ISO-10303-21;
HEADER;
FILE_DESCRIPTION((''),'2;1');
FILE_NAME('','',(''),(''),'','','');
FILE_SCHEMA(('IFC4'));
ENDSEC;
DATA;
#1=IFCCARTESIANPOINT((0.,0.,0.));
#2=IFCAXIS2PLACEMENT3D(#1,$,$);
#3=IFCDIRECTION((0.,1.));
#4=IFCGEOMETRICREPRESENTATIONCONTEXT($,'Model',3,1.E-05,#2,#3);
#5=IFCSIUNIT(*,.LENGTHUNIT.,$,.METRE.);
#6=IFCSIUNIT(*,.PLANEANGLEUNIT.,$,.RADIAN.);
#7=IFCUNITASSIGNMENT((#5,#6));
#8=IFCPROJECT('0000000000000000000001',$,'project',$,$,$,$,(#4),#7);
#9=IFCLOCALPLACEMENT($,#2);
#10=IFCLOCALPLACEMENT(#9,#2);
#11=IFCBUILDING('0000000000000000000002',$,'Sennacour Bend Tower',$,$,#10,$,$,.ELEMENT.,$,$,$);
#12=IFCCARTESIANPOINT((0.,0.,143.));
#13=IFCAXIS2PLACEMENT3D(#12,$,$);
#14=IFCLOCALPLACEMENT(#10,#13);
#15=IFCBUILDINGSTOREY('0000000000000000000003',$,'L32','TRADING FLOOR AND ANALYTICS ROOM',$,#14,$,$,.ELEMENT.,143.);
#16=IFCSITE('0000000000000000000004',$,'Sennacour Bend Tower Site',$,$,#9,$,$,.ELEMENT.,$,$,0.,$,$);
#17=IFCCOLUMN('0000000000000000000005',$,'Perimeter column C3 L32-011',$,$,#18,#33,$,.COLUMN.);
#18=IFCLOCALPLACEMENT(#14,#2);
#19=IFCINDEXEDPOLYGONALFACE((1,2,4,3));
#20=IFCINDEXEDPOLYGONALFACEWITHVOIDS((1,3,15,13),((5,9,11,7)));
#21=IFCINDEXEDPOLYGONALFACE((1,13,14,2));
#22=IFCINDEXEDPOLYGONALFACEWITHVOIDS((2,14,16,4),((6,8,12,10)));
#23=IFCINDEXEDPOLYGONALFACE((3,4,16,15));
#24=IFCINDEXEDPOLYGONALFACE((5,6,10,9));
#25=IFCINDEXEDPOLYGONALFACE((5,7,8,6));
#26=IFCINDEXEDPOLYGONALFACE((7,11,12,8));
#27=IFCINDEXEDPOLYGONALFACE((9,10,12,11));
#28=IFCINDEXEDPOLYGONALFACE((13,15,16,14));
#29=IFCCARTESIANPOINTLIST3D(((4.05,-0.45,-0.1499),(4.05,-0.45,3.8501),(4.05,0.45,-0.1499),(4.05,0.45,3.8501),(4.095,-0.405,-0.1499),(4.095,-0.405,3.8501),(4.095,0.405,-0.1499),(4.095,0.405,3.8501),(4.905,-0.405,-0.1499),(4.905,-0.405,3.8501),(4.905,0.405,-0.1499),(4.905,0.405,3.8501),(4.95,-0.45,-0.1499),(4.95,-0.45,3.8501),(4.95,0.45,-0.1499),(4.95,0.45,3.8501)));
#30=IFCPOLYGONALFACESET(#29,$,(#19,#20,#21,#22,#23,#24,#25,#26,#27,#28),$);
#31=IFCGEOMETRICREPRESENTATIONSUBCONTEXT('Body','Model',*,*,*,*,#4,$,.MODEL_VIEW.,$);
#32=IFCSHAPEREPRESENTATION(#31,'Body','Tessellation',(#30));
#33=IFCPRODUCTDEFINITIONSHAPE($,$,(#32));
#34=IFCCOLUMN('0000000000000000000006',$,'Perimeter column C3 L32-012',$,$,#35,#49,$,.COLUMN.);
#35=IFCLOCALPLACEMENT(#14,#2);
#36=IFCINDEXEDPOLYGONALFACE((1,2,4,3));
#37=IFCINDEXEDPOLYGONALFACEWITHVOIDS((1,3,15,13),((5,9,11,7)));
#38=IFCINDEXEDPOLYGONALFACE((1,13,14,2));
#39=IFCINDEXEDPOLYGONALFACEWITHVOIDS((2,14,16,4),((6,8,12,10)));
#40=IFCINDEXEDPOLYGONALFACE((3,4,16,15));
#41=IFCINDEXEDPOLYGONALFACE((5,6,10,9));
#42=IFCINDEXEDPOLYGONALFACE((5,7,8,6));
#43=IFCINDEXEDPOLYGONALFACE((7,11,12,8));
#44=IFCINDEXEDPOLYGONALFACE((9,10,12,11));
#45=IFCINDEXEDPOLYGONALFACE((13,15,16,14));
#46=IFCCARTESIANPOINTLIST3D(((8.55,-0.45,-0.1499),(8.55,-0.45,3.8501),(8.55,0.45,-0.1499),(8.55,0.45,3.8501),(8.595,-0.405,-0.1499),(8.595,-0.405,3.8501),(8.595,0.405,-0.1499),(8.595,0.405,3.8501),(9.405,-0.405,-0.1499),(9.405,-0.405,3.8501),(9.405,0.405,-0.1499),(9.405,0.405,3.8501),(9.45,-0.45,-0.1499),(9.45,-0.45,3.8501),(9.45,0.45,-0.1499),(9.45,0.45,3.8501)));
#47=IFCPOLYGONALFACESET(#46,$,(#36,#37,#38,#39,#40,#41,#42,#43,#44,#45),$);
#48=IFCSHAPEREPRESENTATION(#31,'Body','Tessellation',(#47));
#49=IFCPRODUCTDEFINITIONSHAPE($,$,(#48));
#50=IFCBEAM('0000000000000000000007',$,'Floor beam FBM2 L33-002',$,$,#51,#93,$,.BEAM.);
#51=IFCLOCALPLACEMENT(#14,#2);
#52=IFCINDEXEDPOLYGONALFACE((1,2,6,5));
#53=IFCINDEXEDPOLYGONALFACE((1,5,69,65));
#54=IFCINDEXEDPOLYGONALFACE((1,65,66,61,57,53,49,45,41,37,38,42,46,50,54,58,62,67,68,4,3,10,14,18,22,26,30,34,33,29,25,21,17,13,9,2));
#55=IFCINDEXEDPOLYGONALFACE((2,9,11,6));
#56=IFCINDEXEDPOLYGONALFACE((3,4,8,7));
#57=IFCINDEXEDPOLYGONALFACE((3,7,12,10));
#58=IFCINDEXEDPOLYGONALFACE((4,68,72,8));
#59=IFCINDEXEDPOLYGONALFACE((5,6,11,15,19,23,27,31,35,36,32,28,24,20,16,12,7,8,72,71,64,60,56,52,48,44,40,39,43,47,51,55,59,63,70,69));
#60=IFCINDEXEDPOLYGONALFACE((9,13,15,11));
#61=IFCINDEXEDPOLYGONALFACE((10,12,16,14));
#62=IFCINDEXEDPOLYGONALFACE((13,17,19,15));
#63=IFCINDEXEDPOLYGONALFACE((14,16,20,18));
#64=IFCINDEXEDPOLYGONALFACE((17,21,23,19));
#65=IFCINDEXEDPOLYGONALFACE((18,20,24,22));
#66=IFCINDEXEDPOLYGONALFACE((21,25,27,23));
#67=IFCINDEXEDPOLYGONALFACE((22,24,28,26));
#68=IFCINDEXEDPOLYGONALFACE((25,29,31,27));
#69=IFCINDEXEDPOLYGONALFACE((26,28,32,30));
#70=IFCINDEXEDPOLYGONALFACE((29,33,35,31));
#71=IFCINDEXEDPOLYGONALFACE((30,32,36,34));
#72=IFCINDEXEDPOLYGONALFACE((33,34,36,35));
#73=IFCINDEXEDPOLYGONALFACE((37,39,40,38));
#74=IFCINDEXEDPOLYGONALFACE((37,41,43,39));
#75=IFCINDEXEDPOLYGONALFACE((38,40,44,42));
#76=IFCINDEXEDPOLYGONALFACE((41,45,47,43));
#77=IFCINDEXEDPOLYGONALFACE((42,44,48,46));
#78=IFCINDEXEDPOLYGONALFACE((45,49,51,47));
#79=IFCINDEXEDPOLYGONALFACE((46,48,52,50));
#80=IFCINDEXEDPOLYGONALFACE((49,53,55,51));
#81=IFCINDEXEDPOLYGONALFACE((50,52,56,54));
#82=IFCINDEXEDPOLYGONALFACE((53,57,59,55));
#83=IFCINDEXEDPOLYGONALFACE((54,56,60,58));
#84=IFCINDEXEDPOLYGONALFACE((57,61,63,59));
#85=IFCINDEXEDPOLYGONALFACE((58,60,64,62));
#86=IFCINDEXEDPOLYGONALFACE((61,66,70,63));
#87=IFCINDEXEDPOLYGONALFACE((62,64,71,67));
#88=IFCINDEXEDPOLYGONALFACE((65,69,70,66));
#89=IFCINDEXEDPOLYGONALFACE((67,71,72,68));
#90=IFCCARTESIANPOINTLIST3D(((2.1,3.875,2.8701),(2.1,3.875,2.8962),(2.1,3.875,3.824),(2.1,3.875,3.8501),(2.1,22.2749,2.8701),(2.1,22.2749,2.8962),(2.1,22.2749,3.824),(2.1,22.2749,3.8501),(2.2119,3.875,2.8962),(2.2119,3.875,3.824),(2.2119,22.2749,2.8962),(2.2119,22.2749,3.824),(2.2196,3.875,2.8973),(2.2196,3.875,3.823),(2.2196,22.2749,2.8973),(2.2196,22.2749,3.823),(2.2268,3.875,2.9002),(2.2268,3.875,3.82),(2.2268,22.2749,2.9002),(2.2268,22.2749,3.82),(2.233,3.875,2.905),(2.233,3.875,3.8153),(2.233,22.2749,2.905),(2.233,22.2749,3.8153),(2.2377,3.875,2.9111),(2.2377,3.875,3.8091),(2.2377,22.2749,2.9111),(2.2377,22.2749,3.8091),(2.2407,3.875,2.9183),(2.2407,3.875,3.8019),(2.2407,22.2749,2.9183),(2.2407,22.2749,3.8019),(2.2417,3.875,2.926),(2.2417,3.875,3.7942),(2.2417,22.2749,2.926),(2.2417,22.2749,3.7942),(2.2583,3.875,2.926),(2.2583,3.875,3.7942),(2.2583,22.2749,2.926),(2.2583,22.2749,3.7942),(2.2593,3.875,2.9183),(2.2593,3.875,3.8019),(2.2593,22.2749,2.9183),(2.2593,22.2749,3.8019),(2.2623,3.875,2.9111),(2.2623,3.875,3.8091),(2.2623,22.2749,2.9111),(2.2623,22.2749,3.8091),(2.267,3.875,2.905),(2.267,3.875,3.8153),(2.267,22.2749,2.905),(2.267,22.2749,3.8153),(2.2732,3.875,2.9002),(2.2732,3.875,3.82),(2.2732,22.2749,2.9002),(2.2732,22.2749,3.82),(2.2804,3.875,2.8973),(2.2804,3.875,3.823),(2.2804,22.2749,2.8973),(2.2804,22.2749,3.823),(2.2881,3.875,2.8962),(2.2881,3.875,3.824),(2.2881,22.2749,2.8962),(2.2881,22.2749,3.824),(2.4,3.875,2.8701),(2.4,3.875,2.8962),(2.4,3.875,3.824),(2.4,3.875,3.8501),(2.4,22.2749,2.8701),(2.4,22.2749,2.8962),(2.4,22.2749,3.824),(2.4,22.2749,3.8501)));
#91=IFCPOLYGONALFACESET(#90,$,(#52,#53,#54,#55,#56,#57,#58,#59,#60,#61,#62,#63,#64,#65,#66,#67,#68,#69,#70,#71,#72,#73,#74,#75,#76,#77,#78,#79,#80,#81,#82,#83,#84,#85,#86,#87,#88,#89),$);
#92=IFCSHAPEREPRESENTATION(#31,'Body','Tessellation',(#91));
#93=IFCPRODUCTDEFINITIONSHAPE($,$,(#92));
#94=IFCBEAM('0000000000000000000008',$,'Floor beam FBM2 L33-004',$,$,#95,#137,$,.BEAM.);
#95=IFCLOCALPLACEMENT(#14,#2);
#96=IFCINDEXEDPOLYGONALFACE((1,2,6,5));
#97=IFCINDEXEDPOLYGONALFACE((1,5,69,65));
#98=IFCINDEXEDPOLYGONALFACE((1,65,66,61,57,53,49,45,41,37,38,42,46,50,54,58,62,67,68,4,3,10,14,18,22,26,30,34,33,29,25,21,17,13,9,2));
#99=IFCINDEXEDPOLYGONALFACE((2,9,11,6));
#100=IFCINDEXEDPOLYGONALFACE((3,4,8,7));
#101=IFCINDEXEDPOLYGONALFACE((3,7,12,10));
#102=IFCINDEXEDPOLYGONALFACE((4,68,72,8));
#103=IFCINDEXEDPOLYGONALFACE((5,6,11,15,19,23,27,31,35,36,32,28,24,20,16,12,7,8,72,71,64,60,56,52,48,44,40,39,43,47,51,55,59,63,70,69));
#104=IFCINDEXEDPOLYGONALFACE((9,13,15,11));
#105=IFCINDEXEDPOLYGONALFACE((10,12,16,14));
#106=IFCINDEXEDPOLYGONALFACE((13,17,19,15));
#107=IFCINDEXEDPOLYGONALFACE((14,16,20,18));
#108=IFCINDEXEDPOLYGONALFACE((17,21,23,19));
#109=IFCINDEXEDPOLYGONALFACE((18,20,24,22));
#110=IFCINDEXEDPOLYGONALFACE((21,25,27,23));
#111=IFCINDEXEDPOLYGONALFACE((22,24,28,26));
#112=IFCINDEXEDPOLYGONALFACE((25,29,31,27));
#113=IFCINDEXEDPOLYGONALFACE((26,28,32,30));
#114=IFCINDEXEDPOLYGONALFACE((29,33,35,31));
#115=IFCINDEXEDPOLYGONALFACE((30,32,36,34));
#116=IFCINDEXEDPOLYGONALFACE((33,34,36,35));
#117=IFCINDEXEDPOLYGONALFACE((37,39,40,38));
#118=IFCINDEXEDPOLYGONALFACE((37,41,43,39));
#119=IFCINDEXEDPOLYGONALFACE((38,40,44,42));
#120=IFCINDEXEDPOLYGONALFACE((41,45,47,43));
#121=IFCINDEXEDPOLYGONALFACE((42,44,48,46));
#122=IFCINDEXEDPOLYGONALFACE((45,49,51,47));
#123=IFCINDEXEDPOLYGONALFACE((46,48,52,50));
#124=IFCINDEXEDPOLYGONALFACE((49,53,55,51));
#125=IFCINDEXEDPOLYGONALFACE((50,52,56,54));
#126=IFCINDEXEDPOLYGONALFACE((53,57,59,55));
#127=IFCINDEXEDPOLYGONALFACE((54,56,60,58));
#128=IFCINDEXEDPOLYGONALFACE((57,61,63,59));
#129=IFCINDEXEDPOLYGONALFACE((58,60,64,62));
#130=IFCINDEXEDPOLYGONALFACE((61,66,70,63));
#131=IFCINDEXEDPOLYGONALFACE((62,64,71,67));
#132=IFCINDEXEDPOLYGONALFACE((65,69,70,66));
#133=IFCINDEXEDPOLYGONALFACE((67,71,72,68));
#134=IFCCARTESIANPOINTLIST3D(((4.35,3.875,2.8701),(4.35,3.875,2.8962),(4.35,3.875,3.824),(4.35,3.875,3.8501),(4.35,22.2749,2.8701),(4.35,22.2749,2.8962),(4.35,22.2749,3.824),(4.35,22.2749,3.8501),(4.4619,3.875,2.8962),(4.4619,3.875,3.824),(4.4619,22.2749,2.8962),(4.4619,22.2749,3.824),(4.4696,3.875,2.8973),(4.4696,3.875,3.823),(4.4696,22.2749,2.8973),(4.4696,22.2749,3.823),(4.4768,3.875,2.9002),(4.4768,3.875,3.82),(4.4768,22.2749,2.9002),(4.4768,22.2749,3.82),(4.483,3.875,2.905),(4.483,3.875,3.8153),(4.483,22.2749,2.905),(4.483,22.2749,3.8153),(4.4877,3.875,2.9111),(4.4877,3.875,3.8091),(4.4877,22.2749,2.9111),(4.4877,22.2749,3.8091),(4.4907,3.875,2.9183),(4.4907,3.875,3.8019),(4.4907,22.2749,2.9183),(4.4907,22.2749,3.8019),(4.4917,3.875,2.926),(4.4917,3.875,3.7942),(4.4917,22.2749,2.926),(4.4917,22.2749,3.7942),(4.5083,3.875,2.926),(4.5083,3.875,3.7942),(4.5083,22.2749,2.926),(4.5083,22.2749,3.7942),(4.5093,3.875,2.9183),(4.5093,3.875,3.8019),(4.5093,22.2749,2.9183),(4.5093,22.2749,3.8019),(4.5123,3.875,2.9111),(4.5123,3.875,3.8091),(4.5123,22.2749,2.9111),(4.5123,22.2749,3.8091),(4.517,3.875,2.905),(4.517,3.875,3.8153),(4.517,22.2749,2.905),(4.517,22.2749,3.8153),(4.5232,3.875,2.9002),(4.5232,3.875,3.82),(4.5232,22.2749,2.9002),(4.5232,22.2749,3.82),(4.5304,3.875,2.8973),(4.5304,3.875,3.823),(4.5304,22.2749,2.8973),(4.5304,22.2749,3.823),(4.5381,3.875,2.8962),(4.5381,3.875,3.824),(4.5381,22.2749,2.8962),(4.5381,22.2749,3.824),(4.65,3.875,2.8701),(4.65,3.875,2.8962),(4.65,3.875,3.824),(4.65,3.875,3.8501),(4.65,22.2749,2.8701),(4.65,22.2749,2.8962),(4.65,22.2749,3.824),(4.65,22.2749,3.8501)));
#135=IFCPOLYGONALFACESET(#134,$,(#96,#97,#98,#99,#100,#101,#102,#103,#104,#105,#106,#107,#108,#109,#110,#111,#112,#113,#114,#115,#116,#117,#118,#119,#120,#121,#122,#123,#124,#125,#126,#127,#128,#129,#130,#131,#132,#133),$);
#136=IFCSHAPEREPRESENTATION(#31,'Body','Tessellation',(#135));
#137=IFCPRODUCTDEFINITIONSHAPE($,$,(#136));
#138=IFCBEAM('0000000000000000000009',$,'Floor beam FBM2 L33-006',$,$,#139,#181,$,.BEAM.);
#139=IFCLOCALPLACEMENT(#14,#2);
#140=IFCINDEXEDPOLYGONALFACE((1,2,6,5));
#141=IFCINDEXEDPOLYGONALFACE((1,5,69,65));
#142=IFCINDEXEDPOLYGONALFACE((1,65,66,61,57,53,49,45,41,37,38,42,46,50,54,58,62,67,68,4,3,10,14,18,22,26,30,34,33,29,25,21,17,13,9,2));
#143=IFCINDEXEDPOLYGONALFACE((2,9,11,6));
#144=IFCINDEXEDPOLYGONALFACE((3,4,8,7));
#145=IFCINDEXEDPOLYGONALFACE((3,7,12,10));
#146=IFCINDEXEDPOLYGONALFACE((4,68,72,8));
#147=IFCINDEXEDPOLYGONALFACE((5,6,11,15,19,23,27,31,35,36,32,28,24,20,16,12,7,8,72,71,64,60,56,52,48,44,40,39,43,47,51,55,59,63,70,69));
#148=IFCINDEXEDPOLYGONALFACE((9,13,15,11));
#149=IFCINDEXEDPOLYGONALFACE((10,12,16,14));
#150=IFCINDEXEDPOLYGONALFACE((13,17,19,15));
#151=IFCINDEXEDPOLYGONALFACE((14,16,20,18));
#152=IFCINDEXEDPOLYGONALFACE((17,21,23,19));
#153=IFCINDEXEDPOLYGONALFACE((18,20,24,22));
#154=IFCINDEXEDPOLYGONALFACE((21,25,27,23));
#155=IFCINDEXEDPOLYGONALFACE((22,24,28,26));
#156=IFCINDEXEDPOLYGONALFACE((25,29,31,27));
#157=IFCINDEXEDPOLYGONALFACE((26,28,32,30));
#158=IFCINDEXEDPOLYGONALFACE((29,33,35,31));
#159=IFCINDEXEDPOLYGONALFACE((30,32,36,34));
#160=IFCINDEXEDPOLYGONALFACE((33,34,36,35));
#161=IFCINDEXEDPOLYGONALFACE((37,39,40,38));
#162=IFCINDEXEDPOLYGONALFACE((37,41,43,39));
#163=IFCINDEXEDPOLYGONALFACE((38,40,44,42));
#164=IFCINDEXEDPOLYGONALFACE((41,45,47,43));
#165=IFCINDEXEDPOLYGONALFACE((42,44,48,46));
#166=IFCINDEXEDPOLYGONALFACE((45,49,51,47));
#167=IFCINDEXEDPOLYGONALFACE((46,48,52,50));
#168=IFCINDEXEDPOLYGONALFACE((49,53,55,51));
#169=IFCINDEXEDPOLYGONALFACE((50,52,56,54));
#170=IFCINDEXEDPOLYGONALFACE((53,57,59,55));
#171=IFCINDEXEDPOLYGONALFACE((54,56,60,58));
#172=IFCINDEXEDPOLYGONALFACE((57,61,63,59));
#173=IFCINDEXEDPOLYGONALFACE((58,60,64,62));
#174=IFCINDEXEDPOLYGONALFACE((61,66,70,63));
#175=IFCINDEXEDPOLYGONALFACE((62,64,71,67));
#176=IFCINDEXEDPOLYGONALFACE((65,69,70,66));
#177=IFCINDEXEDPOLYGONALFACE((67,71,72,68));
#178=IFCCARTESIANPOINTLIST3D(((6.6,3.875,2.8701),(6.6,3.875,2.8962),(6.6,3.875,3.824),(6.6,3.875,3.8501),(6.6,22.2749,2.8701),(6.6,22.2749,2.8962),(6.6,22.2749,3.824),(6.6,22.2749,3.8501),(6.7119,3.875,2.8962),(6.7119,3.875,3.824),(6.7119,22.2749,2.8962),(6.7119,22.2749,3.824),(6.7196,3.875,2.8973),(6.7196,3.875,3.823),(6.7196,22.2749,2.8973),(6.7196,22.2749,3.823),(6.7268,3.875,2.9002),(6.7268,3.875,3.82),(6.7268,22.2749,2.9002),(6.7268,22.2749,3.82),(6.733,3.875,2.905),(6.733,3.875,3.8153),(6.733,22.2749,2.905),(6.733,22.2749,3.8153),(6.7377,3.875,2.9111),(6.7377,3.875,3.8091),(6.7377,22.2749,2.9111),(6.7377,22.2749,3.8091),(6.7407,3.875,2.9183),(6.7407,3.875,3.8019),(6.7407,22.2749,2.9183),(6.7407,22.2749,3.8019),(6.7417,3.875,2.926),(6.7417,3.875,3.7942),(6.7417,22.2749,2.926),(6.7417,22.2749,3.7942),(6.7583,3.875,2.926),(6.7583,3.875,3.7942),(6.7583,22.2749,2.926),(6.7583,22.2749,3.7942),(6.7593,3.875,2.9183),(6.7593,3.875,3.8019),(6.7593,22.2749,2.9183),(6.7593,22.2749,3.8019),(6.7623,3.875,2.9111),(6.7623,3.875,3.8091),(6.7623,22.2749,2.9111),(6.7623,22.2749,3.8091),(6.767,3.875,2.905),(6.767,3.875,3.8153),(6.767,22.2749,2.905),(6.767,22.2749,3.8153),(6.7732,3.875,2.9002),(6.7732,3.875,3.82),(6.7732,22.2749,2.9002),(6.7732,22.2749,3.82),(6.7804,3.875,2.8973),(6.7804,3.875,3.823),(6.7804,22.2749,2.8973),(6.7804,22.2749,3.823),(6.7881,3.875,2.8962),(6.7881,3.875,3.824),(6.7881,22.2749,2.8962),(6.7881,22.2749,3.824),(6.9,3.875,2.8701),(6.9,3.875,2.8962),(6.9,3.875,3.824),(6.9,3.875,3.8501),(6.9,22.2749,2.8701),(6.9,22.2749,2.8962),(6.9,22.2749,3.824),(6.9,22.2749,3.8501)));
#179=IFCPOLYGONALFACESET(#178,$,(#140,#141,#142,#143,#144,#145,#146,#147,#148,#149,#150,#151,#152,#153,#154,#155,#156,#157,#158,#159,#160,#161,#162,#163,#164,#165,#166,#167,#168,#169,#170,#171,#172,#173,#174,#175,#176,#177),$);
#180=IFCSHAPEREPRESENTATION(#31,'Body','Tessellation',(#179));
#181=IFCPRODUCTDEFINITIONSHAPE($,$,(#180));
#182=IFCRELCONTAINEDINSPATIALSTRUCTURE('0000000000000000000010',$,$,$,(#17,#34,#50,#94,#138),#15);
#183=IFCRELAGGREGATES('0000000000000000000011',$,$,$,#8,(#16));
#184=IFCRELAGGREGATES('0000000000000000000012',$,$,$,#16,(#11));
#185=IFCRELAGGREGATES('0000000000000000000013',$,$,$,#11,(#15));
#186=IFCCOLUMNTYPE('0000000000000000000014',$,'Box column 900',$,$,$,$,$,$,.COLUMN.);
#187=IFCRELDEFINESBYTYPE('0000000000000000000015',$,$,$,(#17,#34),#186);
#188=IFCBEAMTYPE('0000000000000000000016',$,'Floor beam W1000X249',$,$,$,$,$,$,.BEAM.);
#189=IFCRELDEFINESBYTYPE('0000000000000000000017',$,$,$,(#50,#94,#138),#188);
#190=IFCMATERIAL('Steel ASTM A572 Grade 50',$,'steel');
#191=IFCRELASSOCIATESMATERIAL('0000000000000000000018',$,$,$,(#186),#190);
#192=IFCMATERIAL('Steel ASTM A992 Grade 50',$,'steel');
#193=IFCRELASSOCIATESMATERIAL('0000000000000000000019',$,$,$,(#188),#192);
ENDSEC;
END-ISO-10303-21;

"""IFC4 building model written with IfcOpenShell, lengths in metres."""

from ifc_helpers import new_model, si_unit, direction, frame, origin, origin_2d, place, context, subcontext, project, spatial, hollow_rectangle, i_section, extrude, material, material_profile, profile_set, type_object, element, save


model = new_model("IFC4")

# Units and contexts
model_context = context("Model", 3, precision=1e-05, world=origin(), true_north=direction((0.0, 1.0)))
body_context = subcontext(model_context, "Body", "Model", "MODEL_VIEW")
ifc_project = project(units=[si_unit("LENGTHUNIT", "METRE"), si_unit("PLANEANGLEUNIT", "RADIAN")], contexts=[model_context])

# Site, building, storey
site_placement = place(None, origin())
site = spatial("IfcSite", under=ifc_project, at=site_placement, Name="Sennacour Bend Tower Site", CompositionType="ELEMENT", RefElevation=0.0)
building_placement = place(site_placement, origin())
building = spatial("IfcBuilding", under=site, at=building_placement, Name="Sennacour Bend Tower", CompositionType="ELEMENT")
storey_placement = place(building_placement, frame((0.0, 0.0, 143.0)))
storey = spatial("IfcBuildingStorey", under=building, at=storey_placement, Name="L32", Description="TRADING FLOOR AND ANALYTICS ROOM", CompositionType="ELEMENT", Elevation=143.0)

# Columns
ifc_material_1 = material(Name="Steel ASTM A572 Grade 50", Category="steel")
ifc_material_profile_1 = material_profile(ifc_material_1, hollow_rectangle(XDim=0.8999, YDim=0.8999, WallThickness=0.0449, at=origin_2d()), Name="Steel ASTM A572 Grade 50", Category="steel")
ifc_profile_set_1 = profile_set([ifc_material_profile_1], Name="Steel ASTM A572 Grade 50")
column_type = type_object("IfcColumnType", Name="Box column 900", PredefinedType="COLUMN", material=ifc_profile_set_1)
for number, where, z_axis, x_axis, name in (
    (1, (4.5, 0.0, -0.1499), (0.0, 0.0, 1.0), (1.0, 0.0, 0.0), "Perimeter column C3 L32-011"),
    (2, (9.0, 0.0, -0.1499), (0.0, 0.0, 1.0), (1.0, 0.0, 0.0), "Perimeter column C3 L32-012"),
):
    element("IfcColumn", number, at=place(storey_placement, frame(where, z_axis=z_axis, x_axis=x_axis)), inside=storey, type_object=column_type, Name=name, PredefinedType="COLUMN", context=body_context, shape_type="SweptSolid", body=[
        extrude(hollow_rectangle(XDim=0.8999, YDim=0.8999, WallThickness=0.0449, at=origin_2d()), origin(), (0.0, 0.0, 1.0), 4.0),
    ])

# Beams
ifc_material_2 = material(Name="Steel ASTM A992 Grade 50", Category="steel")
ifc_material_profile_2 = material_profile(ifc_material_2, i_section(OverallWidth=0.3, OverallDepth=0.98, WebThickness=0.0166, FlangeThickness=0.0261, FilletRadius=0.0298, at=origin_2d()), Name="Steel ASTM A992 Grade 50", Category="steel")
ifc_profile_set_2 = profile_set([ifc_material_profile_2], Name="Steel ASTM A992 Grade 50")
beam_type_1 = type_object("IfcBeamType", Name="Floor beam W1000X249", PredefinedType="BEAM", material=ifc_profile_set_2)
for number, where, z_axis, x_axis, name in (
    (3, (2.25, 3.875, 3.3601), (0.0, 1.0, 0.0), (-1.0, 0.0, 0.0), "Floor beam FBM2 L33-002"),
    (4, (4.5, 3.875, 3.3601), (0.0, 1.0, 0.0), (-1.0, 0.0, 0.0), "Floor beam FBM2 L33-004"),
    (5, (6.75, 3.875, 3.3601), (0.0, 1.0, 0.0), (-1.0, 0.0, 0.0), "Floor beam FBM2 L33-006"),
):
    element("IfcBeam", number, at=place(storey_placement, frame(where, z_axis=z_axis, x_axis=x_axis)), inside=storey, type_object=beam_type_1, Name=name, PredefinedType="BEAM", context=body_context, shape_type="SweptSolid", body=[
        extrude(i_section(OverallWidth=0.3, OverallDepth=0.98, WebThickness=0.0166, FlangeThickness=0.0261, FilletRadius=0.0298, at=origin_2d()), origin(), (0.0, 0.0, 1.0), 18.3999),
    ])

save(model, "model.ifc")
